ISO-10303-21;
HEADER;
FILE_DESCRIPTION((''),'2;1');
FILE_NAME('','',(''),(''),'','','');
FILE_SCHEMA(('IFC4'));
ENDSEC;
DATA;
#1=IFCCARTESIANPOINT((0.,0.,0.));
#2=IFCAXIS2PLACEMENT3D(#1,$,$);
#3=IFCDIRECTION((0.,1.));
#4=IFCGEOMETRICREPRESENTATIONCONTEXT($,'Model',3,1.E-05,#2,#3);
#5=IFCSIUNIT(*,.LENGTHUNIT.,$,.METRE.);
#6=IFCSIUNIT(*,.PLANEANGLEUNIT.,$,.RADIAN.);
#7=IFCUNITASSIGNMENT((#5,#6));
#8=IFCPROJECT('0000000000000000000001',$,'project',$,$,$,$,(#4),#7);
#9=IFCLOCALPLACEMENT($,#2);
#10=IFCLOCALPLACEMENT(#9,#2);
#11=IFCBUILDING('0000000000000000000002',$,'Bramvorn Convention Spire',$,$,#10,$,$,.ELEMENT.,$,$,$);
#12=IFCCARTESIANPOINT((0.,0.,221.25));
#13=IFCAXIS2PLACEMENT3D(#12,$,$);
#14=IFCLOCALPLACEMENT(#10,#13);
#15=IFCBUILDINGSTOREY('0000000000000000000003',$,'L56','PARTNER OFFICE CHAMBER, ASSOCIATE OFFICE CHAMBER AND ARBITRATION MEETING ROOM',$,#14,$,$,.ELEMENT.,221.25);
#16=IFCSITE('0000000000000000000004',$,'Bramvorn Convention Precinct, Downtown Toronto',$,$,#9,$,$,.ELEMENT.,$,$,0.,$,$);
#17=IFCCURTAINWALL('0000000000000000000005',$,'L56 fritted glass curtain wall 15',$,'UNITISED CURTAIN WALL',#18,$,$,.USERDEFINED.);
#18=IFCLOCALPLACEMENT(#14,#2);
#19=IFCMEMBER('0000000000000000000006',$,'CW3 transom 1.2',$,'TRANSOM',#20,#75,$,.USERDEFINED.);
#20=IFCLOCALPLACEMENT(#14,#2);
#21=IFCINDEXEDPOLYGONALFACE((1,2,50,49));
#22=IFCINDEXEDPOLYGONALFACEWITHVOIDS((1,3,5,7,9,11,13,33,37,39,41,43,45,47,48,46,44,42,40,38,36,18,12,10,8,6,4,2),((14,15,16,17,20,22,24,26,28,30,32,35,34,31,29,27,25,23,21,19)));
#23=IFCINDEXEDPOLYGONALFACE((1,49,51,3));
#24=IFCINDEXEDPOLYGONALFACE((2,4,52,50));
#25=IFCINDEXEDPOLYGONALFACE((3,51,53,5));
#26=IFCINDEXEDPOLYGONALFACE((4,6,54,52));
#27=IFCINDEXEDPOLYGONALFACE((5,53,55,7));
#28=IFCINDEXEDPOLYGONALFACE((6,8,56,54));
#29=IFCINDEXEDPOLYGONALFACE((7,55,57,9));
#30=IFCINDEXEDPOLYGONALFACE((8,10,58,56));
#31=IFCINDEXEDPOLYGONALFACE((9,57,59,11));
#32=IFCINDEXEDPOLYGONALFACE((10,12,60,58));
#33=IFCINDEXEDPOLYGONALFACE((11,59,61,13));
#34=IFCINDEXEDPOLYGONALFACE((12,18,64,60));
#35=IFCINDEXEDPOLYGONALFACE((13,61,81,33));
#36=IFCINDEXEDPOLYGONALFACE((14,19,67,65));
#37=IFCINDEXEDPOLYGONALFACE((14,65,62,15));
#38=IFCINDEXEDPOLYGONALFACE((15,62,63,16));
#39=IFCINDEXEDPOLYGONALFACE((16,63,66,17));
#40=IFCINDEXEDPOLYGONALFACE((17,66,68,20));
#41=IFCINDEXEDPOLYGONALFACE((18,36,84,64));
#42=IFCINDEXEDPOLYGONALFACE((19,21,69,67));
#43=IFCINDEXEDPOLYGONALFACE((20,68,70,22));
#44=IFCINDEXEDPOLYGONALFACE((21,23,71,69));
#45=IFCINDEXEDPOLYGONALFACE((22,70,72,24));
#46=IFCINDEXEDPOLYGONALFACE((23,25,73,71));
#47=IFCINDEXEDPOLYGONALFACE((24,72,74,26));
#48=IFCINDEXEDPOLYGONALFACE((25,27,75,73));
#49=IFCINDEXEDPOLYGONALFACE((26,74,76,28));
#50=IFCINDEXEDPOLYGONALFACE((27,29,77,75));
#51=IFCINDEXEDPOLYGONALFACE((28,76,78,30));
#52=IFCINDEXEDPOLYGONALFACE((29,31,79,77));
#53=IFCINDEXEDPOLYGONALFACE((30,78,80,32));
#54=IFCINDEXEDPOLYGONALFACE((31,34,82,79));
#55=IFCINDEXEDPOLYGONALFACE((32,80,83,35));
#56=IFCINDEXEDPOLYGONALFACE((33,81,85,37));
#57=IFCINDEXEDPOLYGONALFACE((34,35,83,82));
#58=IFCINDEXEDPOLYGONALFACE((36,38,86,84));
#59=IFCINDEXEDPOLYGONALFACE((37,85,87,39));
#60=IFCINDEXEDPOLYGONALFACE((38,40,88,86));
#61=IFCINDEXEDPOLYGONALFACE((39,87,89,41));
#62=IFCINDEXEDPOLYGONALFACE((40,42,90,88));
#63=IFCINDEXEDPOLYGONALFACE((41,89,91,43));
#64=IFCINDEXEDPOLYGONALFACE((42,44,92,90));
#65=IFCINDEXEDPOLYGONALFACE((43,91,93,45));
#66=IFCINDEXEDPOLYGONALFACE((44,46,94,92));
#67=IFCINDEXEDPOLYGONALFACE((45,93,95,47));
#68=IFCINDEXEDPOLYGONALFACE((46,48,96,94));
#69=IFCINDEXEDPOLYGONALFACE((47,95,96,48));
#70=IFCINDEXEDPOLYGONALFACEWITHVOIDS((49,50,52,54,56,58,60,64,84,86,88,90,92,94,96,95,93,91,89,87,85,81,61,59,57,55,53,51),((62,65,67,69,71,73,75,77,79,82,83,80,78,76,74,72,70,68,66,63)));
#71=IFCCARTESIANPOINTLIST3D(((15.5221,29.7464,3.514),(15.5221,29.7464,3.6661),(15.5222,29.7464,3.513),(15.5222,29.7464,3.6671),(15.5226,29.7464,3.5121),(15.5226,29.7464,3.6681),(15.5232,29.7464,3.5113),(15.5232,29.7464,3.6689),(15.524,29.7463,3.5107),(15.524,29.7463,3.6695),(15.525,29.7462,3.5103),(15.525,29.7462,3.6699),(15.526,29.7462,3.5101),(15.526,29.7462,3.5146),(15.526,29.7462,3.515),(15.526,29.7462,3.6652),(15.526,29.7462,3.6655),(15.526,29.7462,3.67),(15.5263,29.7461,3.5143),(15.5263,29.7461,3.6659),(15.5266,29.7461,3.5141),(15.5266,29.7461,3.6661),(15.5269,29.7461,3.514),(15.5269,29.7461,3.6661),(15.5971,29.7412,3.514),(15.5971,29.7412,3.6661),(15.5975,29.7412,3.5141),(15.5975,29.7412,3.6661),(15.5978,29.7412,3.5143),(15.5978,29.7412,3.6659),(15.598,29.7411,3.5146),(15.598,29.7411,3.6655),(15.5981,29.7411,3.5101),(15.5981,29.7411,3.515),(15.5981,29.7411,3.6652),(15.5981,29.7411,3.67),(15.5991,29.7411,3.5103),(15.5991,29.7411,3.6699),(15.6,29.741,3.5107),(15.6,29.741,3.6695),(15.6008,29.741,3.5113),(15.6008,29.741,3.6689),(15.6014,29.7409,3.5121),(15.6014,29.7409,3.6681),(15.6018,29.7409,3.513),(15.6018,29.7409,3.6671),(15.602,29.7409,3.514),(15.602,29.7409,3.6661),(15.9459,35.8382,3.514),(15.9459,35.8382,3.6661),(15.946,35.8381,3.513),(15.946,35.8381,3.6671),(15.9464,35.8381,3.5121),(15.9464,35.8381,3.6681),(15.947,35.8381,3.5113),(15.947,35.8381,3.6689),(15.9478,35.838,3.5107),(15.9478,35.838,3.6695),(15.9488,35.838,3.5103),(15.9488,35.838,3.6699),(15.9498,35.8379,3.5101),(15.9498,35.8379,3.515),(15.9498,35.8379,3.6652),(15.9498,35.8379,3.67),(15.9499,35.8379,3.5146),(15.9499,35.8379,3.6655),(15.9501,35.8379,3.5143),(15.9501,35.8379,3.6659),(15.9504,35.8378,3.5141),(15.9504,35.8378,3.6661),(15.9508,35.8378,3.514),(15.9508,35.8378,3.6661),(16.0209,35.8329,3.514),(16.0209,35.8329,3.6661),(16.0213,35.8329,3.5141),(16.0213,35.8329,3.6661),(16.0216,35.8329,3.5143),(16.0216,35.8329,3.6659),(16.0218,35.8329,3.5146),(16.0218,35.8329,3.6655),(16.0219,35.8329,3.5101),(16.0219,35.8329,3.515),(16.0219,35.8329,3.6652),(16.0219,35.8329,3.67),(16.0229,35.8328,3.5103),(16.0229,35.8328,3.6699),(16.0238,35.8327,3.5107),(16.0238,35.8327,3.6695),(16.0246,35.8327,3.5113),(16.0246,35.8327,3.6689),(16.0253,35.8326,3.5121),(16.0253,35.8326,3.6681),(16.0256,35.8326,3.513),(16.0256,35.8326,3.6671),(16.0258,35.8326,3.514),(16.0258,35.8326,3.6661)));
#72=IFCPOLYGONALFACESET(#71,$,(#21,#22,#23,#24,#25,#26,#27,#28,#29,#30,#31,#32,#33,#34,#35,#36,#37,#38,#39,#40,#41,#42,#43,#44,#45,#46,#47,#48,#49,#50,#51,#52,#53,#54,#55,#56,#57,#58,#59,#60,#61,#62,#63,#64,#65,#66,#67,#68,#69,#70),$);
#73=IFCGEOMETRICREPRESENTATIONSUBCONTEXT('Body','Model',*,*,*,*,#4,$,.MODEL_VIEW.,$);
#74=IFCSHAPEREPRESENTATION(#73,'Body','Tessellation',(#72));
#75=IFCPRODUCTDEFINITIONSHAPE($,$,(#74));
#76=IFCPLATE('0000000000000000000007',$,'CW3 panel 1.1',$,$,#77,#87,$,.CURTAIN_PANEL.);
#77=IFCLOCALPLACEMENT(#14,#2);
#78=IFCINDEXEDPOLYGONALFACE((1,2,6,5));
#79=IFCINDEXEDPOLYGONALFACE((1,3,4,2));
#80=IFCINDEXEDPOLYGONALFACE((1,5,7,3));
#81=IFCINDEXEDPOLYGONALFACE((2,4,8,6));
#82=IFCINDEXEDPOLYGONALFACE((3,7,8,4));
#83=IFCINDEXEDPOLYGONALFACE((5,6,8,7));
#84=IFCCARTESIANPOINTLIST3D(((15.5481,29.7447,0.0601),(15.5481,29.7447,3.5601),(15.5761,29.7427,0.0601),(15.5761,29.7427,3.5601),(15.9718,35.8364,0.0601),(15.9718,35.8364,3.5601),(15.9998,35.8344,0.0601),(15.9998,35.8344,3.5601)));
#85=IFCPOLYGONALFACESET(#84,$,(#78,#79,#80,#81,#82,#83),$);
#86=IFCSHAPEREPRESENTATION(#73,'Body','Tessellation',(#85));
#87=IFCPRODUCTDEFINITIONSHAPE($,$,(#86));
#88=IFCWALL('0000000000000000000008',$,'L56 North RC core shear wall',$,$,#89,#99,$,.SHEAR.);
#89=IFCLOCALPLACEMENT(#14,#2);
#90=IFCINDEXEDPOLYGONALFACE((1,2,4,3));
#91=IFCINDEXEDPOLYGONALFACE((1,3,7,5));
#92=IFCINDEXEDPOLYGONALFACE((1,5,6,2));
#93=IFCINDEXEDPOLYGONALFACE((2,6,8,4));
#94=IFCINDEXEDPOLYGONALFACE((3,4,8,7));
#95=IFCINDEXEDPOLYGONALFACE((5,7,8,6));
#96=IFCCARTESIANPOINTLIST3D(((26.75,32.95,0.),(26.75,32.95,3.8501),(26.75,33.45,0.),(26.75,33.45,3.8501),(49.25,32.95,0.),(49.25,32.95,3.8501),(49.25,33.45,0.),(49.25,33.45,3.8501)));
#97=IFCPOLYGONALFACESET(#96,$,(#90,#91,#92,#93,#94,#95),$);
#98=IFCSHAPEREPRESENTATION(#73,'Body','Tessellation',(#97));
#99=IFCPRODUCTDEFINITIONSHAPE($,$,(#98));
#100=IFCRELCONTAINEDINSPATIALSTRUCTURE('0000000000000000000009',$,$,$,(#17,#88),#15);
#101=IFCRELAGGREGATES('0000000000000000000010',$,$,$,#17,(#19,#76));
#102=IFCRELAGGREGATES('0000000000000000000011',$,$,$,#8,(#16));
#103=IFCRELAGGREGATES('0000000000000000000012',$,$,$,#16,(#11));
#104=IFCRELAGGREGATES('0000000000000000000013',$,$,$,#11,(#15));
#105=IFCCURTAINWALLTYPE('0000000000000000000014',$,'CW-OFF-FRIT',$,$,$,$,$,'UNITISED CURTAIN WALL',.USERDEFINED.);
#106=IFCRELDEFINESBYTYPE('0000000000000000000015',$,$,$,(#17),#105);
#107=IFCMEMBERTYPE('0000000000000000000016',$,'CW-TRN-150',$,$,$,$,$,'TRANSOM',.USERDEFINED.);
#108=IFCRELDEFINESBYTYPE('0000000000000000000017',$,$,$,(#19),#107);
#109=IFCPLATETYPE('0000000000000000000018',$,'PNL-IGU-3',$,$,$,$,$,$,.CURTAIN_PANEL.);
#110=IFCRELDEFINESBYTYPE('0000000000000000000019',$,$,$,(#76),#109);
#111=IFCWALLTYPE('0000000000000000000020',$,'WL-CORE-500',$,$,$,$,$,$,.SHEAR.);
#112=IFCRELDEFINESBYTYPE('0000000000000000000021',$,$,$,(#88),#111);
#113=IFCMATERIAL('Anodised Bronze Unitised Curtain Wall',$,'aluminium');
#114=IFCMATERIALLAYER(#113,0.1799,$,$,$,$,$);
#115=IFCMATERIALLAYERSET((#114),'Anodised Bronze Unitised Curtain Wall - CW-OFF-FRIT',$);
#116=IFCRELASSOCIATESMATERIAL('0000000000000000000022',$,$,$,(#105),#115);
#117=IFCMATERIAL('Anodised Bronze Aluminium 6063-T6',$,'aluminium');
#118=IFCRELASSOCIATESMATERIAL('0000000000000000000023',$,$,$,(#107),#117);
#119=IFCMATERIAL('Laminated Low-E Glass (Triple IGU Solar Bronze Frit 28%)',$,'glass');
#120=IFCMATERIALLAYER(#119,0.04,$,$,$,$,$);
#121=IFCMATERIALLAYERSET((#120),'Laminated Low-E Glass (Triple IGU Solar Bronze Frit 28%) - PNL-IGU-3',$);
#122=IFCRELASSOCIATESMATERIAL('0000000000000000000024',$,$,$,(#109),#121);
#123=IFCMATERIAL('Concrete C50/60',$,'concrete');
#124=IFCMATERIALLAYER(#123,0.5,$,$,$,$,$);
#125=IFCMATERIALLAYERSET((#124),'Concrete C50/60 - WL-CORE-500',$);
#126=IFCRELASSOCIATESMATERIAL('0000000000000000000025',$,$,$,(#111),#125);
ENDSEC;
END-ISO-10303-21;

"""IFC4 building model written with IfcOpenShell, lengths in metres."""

from ifc_helpers import new_model, si_unit, direction, frame, frame_2d, origin, origin_2d, place, context, subcontext, project, spatial, rectangle, hollow_rectangle, extrude, material, layer, layer_set, material_profile, profile_set, type_object, element, aggregate, save


model = new_model("IFC4")

# Units and contexts
model_context = context("Model", 3, precision=1e-05, world=origin(), true_north=direction((0.0, 1.0)))
body_context = subcontext(model_context, "Body", "Model", "MODEL_VIEW")
ifc_project = project(units=[si_unit("LENGTHUNIT", "METRE"), si_unit("PLANEANGLEUNIT", "RADIAN")], contexts=[model_context])

# Site, building, storey
site_placement = place(None, origin())
site = spatial("IfcSite", under=ifc_project, at=site_placement, Name="Bramvorn Convention Precinct, Downtown Toronto", CompositionType="ELEMENT", RefElevation=0.0)
building_placement = place(site_placement, origin())
building = spatial("IfcBuilding", under=site, at=building_placement, Name="Bramvorn Convention Spire", CompositionType="ELEMENT")
storey_placement = place(building_placement, frame((0.0, 0.0, 221.25)))
storey = spatial("IfcBuildingStorey", under=building, at=storey_placement, Name="L56", Description="PARTNER OFFICE CHAMBER, ASSOCIATE OFFICE CHAMBER AND ARBITRATION MEETING ROOM", CompositionType="ELEMENT", Elevation=221.25)

# Curtain wall, member, plate
ifc_material_1 = material(Name="Anodised Bronze Unitised Curtain Wall", Category="aluminium")
ifc_layer_1 = layer(ifc_material_1, 0.1799)
ifc_layer_set_1 = layer_set([ifc_layer_1], Name="Anodised Bronze Unitised Curtain Wall - CW-OFF-FRIT")
curtain_wall_type = type_object("IfcCurtainWallType", Name="CW-OFF-FRIT", ElementType="UNITISED CURTAIN WALL", PredefinedType="USERDEFINED", material=ifc_layer_set_1)
curtain_wall_placement = place(storey_placement, origin())
curtain_wall = element("IfcCurtainWall", 1, at=curtain_wall_placement, inside=storey, type_object=curtain_wall_type, Name="L56 fritted glass curtain wall 15", ObjectType="UNITISED CURTAIN WALL", PredefinedType="USERDEFINED")
ifc_material_2 = material(Name="Anodised Bronze Aluminium 6063-T6", Category="aluminium")
ifc_material_profile_1 = material_profile(ifc_material_2, hollow_rectangle(XDim=0.0801, YDim=0.1599, WallThickness=0.0039, InnerFilletRadius=0.001, OuterFilletRadius=0.0039, at=origin_2d()))
ifc_profile_set_1 = profile_set([ifc_material_profile_1], Name="Anodised Bronze Aluminium 6063-T6 - CWT80X160")
member_type_1 = type_object("IfcMemberType", Name="CW-TRN-150", ElementType="TRANSOM", PredefinedType="USERDEFINED", material=ifc_profile_set_1)
member_1_placement = place(storey_placement, frame((15.562, 29.7437, 3.5901), z_axis=(0.069406, 0.997589, 0.0), x_axis=(-0.997589, 0.069406, 0.0)))
member_1 = element("IfcMember", 2, at=member_1_placement, type_object=member_type_1, Name="CW3 transom 1.2", ObjectType="TRANSOM", PredefinedType="USERDEFINED", context=body_context, shape_type="SweptSolid", body=[
    extrude(hollow_rectangle(XDim=0.0801, YDim=0.1599, WallThickness=0.0039, InnerFilletRadius=0.001, OuterFilletRadius=0.0039, at=origin_2d()), origin(), (0.0, 0.0, 1.0), 6.1064),
])
ifc_material_3 = material(Name="Laminated Low-E Glass (Triple IGU Solar Bronze Frit 28%)", Category="glass")
ifc_layer_2 = layer(ifc_material_3, 0.04)
ifc_layer_set_2 = layer_set([ifc_layer_2], Name="Laminated Low-E Glass (Triple IGU Solar Bronze Frit 28%) - PNL-IGU-3")
plate_type = type_object("IfcPlateType", Name="PNL-IGU-3", PredefinedType="CURTAIN_PANEL", material=ifc_layer_set_2)
plate_placement = place(storey_placement, frame((15.7739, 32.7896, 0.0601), z_axis=(0.0, 0.0, 1.0), x_axis=(0.069382, 0.99759, 0.0)))
plate = element("IfcPlate", 3, at=plate_placement, type_object=plate_type, Name="CW3 panel 1.1", PredefinedType="CURTAIN_PANEL", context=body_context, shape_type="SweptSolid", body=[
    extrude(rectangle(XDim=6.1064, YDim=0.0281, at=origin_2d()), origin(), (0.0, 0.0, 1.0), 3.5),
])
aggregate(curtain_wall, [member_1, plate])

# Wall
ifc_material_4 = material(Name="Concrete C50/60", Category="concrete")
ifc_layer_3 = layer(ifc_material_4, 0.5)
ifc_layer_set_3 = layer_set([ifc_layer_3], Name="Concrete C50/60 - WL-CORE-500")
wall_type_1 = type_object("IfcWallType", Name="WL-CORE-500", PredefinedType="SHEAR", material=ifc_layer_set_3)
wall_1_placement = place(storey_placement, frame((26.75, 33.2, 0.0), z_axis=(0.0, 0.0, 1.0), x_axis=(1.0, 0.0, 0.0)))
element("IfcWall", 4, at=wall_1_placement, inside=storey, type_object=wall_type_1, Name="L56 North RC core shear wall", PredefinedType="SHEAR", context=body_context, shape_type="SweptSolid", body=[
    extrude(rectangle(XDim=22.5, YDim=0.5, at=frame_2d((11.25, 0.0))), origin(), (0.0, 0.0, 1.0), 3.8501),
])

save(model, "model.ifc")
